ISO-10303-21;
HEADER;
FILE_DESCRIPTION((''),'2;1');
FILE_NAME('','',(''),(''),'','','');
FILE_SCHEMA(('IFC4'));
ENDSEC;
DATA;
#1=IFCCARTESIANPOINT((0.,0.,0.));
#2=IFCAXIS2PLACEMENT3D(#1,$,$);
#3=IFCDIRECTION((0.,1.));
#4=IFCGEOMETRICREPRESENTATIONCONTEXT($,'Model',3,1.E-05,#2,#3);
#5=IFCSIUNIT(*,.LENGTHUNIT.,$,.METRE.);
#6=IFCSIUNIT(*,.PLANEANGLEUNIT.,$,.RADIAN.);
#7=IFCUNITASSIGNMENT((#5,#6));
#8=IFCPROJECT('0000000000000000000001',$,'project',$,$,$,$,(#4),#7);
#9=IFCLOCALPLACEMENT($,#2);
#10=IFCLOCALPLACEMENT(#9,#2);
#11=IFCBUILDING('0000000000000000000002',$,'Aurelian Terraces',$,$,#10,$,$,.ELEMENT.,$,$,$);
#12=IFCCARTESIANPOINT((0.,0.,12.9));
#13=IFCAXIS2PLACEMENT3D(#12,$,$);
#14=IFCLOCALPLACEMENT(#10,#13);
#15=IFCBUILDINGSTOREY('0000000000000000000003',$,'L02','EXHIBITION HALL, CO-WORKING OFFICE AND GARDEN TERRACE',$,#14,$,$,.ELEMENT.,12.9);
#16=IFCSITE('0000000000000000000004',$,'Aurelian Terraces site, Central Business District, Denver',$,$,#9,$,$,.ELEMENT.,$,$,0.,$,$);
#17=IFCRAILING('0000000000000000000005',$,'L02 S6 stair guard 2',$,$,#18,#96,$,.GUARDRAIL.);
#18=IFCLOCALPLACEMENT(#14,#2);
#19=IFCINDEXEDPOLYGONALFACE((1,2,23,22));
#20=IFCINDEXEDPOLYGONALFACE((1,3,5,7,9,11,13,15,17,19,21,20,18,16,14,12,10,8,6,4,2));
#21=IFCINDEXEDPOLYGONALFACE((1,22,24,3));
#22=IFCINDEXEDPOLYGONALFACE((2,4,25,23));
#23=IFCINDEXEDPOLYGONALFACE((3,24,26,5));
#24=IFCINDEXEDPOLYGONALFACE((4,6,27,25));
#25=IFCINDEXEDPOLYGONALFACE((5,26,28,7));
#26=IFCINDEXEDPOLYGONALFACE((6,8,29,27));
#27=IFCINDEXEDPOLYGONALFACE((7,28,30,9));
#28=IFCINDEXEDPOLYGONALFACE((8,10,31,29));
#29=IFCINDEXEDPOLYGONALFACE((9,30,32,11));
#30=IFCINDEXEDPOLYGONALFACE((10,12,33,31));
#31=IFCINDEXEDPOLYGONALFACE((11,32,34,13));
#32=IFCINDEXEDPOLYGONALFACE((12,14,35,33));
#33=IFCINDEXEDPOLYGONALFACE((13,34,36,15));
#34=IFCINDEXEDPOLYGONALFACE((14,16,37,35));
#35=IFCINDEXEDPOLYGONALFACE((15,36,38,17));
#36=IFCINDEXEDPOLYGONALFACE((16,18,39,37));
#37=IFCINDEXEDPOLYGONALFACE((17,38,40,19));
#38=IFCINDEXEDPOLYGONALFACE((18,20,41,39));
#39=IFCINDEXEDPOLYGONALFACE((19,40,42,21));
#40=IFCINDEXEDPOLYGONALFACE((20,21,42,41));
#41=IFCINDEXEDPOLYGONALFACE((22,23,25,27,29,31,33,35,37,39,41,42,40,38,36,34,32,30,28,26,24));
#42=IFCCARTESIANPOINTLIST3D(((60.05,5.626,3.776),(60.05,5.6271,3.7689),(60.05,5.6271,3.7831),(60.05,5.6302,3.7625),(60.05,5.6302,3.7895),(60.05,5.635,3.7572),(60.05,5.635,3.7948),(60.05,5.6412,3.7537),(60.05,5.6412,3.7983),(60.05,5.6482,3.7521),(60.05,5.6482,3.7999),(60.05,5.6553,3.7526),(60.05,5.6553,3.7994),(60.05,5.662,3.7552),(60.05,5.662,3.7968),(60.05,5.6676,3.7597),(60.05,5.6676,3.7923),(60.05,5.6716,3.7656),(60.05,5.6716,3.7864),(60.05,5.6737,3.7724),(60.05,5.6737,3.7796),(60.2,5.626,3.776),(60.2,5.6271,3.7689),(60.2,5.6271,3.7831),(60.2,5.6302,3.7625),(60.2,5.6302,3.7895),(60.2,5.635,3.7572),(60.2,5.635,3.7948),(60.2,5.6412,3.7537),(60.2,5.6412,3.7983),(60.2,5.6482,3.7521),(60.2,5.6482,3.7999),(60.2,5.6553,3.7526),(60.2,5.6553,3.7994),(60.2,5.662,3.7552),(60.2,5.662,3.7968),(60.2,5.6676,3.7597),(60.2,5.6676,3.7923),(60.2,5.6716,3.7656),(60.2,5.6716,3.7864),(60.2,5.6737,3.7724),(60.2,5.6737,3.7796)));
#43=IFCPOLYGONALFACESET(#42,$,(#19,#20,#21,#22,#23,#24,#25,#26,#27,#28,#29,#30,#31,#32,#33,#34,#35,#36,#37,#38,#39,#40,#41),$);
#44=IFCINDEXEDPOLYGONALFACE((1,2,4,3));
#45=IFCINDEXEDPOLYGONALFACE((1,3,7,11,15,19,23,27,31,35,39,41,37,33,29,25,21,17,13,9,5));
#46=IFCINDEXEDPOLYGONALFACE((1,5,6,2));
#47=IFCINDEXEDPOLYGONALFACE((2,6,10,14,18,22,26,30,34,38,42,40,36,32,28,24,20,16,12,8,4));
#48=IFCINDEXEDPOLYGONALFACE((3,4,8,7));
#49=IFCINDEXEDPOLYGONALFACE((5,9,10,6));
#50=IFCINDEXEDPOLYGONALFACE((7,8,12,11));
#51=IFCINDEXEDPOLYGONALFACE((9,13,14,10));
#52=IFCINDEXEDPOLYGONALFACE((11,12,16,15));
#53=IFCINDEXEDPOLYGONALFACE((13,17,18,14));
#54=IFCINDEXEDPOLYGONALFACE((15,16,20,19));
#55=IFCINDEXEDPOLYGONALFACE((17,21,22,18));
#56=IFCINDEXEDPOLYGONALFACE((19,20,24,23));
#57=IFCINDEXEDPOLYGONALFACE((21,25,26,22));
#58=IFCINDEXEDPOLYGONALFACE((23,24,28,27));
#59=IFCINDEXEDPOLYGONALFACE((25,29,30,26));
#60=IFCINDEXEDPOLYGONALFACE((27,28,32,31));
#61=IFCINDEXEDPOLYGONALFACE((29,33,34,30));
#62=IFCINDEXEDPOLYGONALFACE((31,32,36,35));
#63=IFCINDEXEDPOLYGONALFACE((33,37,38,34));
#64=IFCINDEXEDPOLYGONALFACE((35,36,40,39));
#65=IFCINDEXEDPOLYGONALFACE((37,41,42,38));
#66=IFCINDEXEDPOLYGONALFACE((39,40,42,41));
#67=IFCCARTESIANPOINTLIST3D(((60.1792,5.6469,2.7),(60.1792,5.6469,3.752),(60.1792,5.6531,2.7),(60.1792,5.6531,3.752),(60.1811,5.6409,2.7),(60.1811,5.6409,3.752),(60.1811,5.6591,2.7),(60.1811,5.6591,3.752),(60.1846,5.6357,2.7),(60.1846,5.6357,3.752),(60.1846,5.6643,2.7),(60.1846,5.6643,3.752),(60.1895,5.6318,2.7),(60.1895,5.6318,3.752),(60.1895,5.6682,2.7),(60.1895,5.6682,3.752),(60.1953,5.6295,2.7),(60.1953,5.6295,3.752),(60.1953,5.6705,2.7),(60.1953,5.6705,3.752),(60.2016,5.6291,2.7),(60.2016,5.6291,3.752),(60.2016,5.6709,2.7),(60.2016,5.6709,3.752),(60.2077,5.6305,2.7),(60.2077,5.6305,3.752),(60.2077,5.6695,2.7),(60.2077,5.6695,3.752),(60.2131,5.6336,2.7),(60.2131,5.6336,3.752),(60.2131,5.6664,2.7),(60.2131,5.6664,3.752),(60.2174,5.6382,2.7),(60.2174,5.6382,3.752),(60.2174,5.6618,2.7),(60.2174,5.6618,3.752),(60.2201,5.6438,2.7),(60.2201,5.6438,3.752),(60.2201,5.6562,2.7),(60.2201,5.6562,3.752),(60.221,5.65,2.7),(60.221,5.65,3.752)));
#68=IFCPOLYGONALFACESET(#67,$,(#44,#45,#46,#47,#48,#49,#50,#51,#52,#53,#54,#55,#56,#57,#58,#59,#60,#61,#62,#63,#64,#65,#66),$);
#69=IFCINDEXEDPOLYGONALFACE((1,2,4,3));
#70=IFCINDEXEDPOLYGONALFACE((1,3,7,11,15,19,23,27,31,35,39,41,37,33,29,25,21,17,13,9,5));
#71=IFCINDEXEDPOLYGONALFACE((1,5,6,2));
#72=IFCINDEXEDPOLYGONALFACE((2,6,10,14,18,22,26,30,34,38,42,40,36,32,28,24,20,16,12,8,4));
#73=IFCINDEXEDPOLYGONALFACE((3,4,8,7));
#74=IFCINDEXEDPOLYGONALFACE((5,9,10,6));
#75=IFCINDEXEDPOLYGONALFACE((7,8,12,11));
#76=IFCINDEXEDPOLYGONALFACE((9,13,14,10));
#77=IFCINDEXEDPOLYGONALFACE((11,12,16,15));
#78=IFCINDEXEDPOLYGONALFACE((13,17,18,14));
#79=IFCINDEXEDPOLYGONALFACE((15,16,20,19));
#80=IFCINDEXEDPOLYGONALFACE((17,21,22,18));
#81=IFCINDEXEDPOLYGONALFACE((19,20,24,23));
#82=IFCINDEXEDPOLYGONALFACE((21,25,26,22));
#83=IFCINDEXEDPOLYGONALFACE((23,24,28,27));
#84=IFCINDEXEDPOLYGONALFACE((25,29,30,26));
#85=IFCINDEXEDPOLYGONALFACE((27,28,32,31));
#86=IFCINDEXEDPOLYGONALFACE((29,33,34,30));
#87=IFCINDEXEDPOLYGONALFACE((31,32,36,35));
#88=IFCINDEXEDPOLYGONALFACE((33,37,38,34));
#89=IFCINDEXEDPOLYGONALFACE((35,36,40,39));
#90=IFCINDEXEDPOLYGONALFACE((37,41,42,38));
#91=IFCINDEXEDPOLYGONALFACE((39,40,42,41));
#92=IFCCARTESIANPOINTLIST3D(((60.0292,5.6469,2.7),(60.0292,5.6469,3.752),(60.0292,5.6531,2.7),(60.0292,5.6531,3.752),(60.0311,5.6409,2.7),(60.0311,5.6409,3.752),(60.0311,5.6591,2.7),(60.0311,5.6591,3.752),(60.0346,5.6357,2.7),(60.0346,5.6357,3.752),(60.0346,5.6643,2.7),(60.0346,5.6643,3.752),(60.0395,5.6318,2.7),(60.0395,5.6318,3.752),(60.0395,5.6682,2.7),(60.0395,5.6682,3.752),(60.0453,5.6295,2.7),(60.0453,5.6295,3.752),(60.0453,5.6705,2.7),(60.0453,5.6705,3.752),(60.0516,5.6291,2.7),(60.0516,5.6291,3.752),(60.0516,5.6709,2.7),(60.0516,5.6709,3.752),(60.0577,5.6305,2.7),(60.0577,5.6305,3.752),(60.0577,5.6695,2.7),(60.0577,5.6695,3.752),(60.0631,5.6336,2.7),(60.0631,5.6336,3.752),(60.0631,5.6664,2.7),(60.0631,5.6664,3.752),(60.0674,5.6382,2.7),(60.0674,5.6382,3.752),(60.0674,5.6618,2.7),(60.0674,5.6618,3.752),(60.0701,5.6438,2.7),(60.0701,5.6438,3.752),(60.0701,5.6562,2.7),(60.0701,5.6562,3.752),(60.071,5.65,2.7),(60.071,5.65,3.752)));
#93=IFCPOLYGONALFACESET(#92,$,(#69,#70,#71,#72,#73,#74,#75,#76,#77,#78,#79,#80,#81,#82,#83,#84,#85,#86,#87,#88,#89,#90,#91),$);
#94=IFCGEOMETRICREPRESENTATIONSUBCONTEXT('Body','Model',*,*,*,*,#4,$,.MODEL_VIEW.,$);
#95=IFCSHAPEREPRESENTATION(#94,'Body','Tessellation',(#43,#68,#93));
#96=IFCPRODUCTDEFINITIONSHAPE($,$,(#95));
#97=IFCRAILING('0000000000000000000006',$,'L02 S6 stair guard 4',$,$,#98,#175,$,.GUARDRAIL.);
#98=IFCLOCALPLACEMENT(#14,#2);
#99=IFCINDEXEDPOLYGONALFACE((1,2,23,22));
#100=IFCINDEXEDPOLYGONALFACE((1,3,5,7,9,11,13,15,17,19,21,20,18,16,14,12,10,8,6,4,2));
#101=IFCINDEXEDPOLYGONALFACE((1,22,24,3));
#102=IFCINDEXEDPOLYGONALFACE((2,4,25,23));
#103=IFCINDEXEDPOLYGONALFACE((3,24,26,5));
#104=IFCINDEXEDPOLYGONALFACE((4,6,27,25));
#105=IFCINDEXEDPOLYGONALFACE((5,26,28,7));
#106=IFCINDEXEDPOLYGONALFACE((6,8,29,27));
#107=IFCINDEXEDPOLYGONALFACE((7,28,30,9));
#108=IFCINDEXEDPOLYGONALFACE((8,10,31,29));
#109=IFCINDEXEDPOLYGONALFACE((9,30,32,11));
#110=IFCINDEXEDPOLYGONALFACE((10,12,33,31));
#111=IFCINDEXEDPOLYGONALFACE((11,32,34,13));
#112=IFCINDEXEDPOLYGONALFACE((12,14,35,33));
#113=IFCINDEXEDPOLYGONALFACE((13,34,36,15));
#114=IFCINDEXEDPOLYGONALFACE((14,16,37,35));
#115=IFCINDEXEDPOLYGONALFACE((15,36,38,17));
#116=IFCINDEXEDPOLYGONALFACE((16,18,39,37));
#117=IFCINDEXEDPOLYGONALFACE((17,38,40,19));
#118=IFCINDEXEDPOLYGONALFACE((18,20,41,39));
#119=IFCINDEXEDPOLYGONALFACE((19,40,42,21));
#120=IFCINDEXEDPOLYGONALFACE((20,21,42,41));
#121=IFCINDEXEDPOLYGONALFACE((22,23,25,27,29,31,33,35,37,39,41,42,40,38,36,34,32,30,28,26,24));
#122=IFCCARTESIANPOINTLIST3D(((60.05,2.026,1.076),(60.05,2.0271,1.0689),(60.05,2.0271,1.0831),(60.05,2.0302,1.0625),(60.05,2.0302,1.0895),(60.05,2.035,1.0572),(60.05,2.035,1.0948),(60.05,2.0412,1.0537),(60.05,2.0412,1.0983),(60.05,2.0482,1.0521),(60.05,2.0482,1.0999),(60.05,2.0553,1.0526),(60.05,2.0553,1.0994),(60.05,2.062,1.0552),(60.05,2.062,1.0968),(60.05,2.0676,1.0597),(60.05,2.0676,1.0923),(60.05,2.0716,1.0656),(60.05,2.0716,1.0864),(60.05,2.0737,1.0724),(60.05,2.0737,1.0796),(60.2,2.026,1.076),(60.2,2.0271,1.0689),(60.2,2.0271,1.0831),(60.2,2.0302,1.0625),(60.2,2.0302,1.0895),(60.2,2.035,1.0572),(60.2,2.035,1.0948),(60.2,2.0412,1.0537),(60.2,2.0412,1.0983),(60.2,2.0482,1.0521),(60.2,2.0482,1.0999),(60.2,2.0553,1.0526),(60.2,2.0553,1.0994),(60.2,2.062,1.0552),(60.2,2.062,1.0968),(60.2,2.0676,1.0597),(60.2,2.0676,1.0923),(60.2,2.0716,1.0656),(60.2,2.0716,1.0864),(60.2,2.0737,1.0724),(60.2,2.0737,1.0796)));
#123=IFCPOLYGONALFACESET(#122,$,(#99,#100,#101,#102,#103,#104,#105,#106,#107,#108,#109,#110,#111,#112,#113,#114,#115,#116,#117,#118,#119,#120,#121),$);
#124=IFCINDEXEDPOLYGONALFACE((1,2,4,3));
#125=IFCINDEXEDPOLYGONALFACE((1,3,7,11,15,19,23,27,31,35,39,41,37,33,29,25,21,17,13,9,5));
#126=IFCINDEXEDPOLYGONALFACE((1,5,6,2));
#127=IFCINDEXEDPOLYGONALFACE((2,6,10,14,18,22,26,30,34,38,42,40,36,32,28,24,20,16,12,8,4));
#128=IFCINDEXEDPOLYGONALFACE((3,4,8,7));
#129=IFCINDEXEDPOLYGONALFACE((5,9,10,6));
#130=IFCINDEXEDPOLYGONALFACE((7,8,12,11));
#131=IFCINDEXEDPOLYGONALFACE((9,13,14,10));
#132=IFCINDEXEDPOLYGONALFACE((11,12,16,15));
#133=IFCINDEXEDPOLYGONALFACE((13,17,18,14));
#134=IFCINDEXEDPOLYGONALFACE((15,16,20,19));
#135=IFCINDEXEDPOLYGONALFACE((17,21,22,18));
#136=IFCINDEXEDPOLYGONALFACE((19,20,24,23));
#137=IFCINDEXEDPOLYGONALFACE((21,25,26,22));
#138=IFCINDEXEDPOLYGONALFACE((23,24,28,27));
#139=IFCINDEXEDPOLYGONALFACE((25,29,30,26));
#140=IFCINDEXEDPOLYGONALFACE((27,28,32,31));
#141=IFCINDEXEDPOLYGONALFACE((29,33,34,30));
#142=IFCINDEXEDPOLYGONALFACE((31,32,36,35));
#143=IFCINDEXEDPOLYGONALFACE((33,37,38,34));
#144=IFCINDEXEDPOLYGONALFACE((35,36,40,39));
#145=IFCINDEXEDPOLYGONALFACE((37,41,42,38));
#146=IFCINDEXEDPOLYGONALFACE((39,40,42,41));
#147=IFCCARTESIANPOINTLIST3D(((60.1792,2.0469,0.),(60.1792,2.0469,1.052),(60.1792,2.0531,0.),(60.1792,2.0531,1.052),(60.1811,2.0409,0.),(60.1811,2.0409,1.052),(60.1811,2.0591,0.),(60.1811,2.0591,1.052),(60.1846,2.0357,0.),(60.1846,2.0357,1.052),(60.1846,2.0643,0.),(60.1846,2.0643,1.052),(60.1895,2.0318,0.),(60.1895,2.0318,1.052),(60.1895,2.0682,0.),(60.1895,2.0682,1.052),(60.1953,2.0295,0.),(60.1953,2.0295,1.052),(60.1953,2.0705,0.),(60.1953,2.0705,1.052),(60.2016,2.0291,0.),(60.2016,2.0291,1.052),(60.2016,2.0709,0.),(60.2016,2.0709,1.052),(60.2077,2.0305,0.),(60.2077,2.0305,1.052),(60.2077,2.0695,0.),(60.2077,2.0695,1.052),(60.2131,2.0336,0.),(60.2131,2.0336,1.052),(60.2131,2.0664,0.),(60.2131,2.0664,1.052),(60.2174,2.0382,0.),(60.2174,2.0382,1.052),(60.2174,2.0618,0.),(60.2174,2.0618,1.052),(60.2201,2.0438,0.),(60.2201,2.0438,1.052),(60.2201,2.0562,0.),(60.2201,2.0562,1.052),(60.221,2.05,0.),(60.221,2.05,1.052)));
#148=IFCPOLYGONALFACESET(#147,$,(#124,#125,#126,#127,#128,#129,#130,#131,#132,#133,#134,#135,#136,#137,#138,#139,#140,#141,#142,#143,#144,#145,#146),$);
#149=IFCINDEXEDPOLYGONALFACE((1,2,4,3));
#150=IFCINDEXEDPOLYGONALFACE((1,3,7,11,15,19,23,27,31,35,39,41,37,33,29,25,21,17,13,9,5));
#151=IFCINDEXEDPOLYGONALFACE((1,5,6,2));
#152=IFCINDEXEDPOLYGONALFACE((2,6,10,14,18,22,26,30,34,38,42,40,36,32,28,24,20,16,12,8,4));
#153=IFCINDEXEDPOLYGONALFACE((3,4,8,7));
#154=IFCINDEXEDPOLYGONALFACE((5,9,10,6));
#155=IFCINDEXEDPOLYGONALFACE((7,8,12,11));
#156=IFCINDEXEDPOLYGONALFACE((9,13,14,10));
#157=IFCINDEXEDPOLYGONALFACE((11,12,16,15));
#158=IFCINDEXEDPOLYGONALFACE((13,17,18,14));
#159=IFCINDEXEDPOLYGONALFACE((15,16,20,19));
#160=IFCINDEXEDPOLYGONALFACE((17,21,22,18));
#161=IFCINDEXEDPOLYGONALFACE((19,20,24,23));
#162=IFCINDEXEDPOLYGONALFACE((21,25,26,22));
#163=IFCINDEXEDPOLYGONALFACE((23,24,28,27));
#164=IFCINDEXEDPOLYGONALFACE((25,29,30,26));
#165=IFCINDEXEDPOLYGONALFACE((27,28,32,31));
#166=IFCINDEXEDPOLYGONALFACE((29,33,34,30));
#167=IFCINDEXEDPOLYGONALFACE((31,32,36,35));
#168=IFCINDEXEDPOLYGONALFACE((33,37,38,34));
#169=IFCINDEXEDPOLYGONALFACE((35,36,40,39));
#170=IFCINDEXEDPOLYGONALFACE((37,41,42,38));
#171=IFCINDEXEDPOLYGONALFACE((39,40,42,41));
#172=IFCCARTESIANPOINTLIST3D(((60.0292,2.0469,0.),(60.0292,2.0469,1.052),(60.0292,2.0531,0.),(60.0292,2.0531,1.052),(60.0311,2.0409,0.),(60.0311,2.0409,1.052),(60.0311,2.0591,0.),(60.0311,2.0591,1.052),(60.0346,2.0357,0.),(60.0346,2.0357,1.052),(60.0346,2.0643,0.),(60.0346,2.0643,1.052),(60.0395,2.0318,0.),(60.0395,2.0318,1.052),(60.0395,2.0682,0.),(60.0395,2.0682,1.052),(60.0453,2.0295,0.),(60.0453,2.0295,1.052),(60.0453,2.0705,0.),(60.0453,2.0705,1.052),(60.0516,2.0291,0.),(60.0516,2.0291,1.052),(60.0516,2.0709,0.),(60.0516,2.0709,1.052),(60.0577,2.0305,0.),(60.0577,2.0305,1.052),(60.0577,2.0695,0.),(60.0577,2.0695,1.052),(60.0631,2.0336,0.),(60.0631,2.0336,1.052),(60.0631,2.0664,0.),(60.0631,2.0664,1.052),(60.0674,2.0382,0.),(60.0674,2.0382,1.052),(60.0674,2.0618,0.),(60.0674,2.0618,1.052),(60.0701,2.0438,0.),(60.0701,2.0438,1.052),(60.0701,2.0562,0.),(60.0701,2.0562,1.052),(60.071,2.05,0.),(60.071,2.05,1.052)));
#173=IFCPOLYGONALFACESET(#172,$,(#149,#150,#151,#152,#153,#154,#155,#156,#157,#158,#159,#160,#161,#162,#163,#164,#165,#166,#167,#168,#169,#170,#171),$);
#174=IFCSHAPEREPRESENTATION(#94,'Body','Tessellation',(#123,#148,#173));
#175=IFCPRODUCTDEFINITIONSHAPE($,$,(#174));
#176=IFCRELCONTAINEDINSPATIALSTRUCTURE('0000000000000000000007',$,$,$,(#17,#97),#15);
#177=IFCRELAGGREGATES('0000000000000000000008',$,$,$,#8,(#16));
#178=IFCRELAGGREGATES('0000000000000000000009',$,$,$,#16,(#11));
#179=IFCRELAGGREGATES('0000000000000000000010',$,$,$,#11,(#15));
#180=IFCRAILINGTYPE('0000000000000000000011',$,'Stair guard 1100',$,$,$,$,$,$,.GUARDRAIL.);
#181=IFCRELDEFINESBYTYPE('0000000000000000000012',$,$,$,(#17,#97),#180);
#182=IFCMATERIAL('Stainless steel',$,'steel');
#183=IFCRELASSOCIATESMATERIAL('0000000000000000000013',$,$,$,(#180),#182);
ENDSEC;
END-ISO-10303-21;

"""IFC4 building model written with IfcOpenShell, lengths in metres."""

from ifc_helpers import new_model, si_unit, direction, frame, origin, origin_2d, place, context, subcontext, project, spatial, circle, extrude, source, transform, mapped, material, type_object, element, save


model = new_model("IFC4")

# Units and contexts
model_context = context("Model", 3, precision=1e-05, world=origin(), true_north=direction((0.0, 1.0)))
body_context = subcontext(model_context, "Body", "Model", "MODEL_VIEW")
ifc_project = project(units=[si_unit("LENGTHUNIT", "METRE"), si_unit("PLANEANGLEUNIT", "RADIAN")], contexts=[model_context])

# Site, building, storey
site_placement = place(None, origin())
site = spatial("IfcSite", under=ifc_project, at=site_placement, Name="Aurelian Terraces site, Central Business District, Denver", CompositionType="ELEMENT", RefElevation=0.0)
building_placement = place(site_placement, origin())
building = spatial("IfcBuilding", under=site, at=building_placement, Name="Aurelian Terraces", CompositionType="ELEMENT")
storey_placement = place(building_placement, frame((0.0, 0.0, 12.9)))
storey = spatial("IfcBuildingStorey", under=building, at=storey_placement, Name="L02", Description="EXHIBITION HALL, CO-WORKING OFFICE AND GARDEN TERRACE", CompositionType="ELEMENT", Elevation=12.9)

# Railings
ifc_material_1 = material(Name="Stainless steel", Category="steel")
railing_type_1 = type_object("IfcRailingType", Name="Stair guard 1100", PredefinedType="GUARDRAIL", material=ifc_material_1)
shared_shape_1 = source(origin(), body_context, "Body", "SweptSolid", [
    extrude(circle(Radius=0.024, at=origin_2d()), frame((0.0, 0.0, 1.076), z_axis=(-1.0, 0.0, 0.0), x_axis=(0.0, -1.0, 0.0)), (0.0, 0.0, 1.0), 0.15),
    extrude(circle(Radius=0.021, at=origin_2d()), origin(), (0.0, 0.0, 1.0), 1.052),
    extrude(circle(Radius=0.021, at=origin_2d()), frame((-0.15, 0.0, 0.0)), (0.0, 0.0, 1.0), 1.052),
])
for number, where, name in (
    (1, (60.2, 5.65, 2.7), "L02 S6 stair guard 2"),
    (2, (60.2, 2.05, 0.0), "L02 S6 stair guard 4"),
):
    element("IfcRailing", number, at=place(storey_placement, frame(where)), inside=storey, type_object=railing_type_1, Name=name, PredefinedType="GUARDRAIL", context=body_context, shape_type="MappedRepresentation", body=[
        mapped(shared_shape_1, transform((0.0, 0.0, 0.0), scale=1.0)),
    ])

save(model, "model.ifc")
